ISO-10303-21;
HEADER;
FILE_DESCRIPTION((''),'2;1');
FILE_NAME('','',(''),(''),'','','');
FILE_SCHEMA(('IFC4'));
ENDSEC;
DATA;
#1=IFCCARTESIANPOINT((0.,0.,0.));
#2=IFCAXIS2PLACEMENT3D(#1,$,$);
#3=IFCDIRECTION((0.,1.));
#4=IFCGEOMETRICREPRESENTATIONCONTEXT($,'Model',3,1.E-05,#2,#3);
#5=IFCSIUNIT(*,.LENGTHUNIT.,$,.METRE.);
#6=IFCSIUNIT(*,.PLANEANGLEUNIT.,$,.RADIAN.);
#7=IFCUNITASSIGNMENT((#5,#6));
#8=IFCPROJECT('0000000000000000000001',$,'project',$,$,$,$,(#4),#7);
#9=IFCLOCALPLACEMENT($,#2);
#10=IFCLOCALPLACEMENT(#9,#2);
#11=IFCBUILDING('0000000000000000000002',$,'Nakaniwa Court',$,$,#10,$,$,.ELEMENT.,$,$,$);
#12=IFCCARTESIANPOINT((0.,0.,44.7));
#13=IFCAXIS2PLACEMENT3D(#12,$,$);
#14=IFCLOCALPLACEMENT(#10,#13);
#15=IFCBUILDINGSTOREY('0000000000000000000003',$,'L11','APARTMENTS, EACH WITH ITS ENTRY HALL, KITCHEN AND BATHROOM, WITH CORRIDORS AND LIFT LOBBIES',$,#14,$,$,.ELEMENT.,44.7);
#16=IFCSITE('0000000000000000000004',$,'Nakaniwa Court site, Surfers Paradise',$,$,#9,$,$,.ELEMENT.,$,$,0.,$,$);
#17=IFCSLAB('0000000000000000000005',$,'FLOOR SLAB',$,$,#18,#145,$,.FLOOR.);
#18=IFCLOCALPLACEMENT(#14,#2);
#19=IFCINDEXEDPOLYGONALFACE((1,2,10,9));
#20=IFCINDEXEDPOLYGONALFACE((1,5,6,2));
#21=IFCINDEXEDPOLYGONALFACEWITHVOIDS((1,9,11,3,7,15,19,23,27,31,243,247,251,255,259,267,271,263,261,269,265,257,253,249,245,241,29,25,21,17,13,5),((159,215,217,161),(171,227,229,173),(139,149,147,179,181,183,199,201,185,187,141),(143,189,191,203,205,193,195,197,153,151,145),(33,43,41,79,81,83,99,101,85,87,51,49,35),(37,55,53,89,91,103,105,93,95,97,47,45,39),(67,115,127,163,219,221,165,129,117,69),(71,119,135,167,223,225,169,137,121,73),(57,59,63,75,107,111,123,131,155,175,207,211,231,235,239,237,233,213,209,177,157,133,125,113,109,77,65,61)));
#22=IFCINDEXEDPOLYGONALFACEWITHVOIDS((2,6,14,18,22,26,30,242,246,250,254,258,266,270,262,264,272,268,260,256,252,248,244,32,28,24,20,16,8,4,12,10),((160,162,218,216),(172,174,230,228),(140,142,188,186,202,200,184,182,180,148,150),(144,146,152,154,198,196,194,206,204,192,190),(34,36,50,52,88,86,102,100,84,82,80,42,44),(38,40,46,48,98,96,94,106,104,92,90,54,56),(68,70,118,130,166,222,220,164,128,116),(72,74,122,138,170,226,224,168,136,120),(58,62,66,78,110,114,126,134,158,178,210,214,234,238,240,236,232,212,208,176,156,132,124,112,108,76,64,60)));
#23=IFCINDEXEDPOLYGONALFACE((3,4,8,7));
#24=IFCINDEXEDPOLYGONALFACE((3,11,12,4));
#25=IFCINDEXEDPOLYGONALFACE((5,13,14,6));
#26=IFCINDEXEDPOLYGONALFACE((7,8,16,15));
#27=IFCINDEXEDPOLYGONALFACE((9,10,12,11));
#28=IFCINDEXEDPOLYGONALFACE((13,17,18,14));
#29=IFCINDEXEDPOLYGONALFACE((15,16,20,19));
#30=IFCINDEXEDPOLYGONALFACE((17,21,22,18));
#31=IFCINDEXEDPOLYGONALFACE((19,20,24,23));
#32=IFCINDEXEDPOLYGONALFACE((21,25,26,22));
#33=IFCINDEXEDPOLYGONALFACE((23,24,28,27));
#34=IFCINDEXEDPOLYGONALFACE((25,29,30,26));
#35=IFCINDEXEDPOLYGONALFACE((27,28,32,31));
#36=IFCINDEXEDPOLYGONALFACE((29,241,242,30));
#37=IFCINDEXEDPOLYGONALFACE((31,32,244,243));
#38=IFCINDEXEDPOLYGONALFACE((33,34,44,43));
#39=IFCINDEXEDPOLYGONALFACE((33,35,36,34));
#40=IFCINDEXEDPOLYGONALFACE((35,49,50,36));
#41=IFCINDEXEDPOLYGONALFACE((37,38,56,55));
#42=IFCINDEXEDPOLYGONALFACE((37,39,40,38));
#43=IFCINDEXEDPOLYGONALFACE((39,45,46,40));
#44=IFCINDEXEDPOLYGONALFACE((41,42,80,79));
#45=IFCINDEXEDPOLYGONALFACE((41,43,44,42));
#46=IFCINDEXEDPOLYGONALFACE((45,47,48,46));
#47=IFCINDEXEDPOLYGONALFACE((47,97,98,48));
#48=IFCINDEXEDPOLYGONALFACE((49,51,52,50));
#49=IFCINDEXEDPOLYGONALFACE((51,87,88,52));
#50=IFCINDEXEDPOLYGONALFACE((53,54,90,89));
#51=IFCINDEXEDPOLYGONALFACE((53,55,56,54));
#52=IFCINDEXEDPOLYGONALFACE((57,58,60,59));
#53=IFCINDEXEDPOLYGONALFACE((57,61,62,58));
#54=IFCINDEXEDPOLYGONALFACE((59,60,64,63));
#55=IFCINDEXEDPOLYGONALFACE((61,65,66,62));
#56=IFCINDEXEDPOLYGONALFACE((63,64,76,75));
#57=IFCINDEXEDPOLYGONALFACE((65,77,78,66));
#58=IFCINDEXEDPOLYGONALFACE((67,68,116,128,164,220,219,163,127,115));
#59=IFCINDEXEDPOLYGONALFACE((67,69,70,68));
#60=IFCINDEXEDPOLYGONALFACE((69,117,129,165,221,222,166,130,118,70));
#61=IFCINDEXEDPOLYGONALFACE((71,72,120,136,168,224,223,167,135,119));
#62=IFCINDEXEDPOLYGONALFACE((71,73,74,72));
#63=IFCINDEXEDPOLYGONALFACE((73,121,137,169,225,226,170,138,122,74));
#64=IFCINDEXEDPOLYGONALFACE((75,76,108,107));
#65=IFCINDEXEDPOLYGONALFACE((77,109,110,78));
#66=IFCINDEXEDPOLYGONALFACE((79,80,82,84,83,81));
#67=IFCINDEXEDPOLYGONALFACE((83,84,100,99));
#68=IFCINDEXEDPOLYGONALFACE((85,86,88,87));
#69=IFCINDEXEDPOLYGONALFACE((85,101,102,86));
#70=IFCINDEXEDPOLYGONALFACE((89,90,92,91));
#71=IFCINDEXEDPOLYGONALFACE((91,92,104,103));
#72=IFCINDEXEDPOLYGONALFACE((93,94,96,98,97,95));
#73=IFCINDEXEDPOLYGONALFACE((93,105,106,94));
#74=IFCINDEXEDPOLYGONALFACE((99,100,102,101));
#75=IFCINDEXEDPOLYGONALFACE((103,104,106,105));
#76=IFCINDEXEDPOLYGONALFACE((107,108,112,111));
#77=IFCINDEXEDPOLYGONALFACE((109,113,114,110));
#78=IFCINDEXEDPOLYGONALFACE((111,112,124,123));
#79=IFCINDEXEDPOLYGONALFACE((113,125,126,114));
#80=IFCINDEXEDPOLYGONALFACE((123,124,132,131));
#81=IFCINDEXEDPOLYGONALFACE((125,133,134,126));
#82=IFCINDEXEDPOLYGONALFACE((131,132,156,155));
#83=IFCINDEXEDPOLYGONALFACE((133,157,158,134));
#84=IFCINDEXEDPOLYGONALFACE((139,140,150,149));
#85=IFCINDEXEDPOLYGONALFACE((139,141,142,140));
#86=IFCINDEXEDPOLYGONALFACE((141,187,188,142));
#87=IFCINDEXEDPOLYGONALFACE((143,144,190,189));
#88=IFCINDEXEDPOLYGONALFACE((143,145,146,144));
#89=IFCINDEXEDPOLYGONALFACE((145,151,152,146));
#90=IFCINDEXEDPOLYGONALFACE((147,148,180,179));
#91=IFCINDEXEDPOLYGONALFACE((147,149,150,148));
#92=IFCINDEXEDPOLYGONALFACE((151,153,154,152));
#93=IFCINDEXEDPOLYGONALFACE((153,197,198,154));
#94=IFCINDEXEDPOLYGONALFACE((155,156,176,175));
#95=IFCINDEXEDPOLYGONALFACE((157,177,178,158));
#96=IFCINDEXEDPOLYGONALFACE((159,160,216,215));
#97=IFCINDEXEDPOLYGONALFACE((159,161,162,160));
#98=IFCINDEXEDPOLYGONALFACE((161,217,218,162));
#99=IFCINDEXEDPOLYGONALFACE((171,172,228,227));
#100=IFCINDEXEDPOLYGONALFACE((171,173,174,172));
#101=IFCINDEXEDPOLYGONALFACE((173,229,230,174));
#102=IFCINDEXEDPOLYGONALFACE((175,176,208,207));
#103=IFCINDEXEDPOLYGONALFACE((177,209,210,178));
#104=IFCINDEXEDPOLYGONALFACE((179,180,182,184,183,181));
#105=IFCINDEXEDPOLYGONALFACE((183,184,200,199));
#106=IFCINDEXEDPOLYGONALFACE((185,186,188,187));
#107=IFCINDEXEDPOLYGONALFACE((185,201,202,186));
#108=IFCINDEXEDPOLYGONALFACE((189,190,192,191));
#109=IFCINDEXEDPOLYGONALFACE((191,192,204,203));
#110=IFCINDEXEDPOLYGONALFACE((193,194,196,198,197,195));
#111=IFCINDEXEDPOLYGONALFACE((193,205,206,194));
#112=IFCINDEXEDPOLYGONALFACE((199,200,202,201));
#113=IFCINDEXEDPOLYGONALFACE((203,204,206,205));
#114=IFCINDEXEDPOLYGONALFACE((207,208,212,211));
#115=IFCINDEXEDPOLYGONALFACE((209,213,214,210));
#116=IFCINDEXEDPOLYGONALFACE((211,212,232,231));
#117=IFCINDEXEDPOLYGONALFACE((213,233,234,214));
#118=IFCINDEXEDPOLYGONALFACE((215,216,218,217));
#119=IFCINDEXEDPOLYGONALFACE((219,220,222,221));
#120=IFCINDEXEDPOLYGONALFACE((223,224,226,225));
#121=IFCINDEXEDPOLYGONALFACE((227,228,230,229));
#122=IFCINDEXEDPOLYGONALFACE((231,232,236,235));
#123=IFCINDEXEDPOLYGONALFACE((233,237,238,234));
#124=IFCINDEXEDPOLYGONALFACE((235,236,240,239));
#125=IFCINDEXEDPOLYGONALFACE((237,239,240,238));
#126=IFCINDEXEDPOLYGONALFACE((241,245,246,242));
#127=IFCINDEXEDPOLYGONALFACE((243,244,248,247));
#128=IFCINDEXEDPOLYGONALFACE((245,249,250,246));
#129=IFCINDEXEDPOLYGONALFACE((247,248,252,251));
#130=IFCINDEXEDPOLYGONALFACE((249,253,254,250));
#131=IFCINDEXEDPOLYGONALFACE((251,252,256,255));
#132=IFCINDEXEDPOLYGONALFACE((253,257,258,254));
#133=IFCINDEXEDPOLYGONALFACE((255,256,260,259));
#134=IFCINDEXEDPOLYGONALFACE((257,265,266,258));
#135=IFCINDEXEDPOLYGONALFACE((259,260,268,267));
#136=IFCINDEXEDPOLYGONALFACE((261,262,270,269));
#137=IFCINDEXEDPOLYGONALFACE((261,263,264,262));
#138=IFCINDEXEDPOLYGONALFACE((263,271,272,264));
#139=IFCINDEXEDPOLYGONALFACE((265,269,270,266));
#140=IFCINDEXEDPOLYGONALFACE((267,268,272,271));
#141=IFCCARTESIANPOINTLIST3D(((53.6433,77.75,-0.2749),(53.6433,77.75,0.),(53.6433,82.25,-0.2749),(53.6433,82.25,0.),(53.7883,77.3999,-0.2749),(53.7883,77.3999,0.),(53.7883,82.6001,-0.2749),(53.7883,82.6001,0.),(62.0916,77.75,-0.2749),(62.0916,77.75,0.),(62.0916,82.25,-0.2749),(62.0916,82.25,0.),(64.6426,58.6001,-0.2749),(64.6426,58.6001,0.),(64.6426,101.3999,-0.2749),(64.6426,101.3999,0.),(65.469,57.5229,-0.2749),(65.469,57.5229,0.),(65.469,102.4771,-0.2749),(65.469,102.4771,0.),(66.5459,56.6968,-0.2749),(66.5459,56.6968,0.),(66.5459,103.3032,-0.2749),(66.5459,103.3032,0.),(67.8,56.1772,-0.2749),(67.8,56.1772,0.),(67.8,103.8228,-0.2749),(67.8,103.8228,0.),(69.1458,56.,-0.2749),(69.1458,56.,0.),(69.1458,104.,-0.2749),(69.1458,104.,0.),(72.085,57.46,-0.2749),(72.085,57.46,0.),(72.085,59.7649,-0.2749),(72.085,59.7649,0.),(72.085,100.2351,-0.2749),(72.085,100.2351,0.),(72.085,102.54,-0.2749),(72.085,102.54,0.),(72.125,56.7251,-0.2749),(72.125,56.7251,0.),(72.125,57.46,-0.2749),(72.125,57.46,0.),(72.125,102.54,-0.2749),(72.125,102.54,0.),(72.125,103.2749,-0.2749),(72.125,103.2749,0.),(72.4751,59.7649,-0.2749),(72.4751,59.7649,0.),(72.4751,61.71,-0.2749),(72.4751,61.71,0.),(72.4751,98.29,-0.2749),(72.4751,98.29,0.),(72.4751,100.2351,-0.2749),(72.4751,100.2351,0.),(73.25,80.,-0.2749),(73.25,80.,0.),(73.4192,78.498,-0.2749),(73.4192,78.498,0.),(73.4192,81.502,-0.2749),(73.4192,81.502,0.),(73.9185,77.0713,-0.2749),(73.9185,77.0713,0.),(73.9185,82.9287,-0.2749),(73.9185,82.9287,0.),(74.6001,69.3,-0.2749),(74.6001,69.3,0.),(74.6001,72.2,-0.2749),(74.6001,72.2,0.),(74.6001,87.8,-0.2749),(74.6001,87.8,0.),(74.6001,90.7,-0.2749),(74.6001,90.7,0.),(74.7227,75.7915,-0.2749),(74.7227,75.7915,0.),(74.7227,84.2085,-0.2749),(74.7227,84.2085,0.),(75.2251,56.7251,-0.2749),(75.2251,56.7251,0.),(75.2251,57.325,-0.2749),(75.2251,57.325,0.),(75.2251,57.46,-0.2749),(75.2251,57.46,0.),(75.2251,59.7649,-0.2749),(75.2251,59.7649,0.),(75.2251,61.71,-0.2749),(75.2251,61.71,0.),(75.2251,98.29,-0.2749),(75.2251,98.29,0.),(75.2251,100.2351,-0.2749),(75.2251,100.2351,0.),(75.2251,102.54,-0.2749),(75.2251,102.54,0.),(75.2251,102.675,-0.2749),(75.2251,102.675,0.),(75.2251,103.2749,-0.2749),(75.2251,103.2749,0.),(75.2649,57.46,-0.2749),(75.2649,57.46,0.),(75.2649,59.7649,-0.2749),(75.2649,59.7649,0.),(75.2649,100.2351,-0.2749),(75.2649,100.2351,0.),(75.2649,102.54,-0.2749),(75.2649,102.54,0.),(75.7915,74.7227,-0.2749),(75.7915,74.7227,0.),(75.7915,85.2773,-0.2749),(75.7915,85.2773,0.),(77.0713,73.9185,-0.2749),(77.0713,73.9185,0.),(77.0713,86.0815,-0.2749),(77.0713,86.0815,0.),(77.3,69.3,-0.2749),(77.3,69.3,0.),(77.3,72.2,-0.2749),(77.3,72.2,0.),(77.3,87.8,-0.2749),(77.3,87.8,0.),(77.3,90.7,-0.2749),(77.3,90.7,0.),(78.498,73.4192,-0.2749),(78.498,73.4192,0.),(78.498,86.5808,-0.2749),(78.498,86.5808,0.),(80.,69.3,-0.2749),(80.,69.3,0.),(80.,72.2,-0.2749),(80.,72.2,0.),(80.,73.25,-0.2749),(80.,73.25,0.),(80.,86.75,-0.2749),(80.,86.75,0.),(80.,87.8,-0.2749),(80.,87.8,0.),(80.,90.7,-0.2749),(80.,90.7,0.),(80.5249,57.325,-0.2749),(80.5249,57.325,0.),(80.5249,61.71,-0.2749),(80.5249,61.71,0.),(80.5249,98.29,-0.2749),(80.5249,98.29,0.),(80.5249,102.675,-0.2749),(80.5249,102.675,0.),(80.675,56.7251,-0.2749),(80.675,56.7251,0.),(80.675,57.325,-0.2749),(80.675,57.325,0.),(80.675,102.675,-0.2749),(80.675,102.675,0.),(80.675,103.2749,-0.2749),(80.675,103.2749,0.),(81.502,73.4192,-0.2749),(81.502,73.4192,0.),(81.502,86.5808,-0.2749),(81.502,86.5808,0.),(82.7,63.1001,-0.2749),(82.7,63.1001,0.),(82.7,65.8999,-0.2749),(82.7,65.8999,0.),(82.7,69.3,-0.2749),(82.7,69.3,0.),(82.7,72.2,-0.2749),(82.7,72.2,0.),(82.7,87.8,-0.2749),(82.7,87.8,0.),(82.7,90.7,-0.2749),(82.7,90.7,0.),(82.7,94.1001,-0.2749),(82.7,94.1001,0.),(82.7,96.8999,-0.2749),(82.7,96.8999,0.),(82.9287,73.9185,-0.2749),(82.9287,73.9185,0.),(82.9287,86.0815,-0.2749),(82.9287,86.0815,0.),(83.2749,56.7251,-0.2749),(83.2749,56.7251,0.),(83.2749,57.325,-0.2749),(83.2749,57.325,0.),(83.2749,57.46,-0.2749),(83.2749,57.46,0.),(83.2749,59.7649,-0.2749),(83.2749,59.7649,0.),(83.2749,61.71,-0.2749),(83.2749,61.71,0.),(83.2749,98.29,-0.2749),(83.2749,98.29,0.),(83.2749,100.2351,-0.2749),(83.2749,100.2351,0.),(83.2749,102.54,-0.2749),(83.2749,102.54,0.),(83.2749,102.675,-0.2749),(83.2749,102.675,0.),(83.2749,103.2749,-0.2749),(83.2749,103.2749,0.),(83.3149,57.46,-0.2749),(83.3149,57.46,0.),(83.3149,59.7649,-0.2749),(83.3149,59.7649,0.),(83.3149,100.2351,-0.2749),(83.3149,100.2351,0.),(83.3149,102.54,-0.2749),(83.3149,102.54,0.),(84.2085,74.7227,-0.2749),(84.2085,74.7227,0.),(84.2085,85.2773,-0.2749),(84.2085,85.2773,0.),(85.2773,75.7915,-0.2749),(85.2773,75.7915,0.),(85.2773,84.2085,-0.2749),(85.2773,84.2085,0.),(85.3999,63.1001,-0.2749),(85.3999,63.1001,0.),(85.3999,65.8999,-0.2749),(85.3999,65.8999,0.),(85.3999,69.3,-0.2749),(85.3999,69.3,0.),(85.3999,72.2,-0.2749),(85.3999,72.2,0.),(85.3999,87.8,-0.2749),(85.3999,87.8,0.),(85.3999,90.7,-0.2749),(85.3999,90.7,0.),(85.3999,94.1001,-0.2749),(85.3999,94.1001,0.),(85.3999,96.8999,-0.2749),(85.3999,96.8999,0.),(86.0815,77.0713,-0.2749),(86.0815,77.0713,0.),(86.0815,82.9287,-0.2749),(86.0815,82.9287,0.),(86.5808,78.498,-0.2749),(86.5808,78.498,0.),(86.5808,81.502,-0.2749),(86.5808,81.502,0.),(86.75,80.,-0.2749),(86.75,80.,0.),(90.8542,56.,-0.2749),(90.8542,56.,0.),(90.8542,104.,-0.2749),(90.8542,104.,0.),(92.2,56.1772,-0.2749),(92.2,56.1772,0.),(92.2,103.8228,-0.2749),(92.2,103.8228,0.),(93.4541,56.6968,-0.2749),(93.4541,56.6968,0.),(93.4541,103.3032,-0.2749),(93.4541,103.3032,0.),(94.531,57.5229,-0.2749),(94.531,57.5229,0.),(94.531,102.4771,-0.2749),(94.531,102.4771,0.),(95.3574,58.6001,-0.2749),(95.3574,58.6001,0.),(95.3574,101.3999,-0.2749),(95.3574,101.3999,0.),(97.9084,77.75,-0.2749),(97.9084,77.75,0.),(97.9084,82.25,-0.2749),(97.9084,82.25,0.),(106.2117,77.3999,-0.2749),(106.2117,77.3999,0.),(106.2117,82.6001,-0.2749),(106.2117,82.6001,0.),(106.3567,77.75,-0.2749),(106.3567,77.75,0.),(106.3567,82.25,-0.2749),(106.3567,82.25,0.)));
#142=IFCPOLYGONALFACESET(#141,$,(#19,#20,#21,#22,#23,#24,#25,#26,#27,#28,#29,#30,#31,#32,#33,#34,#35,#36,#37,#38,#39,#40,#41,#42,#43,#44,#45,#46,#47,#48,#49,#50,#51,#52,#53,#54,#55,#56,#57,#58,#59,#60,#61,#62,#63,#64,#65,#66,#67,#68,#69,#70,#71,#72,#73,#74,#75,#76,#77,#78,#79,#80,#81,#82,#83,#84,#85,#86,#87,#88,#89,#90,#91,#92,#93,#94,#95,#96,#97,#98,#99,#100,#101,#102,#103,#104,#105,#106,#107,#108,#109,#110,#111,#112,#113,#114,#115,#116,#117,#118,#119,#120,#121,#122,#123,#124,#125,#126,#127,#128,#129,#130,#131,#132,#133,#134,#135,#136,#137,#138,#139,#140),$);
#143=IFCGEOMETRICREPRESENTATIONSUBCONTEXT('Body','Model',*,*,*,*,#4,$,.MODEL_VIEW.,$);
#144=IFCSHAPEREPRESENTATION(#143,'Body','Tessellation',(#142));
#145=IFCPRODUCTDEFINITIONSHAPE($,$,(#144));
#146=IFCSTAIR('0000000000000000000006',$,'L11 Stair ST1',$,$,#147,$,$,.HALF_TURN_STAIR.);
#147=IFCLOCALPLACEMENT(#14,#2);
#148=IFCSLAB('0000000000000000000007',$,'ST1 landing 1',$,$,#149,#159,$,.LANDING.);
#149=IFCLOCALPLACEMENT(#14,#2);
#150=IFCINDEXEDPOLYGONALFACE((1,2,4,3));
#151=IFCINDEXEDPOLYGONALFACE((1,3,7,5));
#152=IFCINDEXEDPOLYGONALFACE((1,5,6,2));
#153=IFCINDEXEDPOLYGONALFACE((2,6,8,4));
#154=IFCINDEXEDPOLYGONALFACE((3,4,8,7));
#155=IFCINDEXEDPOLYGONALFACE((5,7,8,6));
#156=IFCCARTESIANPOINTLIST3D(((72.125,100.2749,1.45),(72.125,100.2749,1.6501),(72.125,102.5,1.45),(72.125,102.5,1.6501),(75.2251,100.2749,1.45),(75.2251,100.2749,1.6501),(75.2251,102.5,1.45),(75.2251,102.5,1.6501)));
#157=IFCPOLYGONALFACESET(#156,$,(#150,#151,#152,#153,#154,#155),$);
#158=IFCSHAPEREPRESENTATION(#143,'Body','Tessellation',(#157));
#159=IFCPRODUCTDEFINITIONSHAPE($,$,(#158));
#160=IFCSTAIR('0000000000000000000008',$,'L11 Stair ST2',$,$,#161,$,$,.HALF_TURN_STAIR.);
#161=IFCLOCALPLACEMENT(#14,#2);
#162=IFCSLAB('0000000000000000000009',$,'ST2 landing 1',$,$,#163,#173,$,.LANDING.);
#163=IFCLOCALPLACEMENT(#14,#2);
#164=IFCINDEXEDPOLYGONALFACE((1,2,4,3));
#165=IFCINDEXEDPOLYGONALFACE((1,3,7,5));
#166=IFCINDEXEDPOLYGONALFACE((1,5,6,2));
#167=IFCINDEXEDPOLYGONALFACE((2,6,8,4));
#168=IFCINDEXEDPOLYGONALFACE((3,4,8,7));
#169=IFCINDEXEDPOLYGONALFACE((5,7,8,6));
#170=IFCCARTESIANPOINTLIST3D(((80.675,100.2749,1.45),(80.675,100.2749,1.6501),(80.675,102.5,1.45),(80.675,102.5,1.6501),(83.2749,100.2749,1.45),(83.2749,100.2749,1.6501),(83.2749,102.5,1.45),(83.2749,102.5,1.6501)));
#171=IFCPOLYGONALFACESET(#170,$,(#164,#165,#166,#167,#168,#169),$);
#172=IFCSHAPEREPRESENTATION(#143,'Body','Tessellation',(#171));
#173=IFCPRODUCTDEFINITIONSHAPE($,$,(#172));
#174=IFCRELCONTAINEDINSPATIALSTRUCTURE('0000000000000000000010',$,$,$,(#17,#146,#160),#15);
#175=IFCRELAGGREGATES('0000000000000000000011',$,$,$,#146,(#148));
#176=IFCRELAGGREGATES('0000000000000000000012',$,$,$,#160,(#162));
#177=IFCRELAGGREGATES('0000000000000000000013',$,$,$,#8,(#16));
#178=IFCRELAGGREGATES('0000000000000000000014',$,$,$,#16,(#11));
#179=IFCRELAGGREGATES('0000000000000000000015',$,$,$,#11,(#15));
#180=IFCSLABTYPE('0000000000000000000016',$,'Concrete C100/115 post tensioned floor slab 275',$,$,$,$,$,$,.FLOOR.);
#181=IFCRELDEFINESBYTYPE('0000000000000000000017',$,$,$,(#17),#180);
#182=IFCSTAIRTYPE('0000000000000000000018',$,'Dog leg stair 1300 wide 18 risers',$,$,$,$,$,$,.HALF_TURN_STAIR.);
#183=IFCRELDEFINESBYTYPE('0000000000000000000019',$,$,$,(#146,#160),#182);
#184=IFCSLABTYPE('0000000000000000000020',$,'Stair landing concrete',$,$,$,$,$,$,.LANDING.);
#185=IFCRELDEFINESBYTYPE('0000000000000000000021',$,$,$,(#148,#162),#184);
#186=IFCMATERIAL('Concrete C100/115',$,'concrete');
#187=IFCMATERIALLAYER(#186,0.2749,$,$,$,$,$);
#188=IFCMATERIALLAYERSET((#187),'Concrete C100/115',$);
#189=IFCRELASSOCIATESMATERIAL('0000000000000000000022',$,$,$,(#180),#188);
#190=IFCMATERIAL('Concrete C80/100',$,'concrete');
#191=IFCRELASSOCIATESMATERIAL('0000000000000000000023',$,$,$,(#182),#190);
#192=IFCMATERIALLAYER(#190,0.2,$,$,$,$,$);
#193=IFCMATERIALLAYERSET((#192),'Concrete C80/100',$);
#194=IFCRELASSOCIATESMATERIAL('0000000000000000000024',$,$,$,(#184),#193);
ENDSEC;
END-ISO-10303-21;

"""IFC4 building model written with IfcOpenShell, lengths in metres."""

from ifc_helpers import new_model, si_unit, direction, frame, origin, place, context, subcontext, project, spatial, polyline, outline, extrude, material, layer, layer_set, type_object, element, aggregate, save


model = new_model("IFC4")

# Units and contexts
model_context = context("Model", 3, precision=1e-05, world=origin(), true_north=direction((0.0, 1.0)))
body_context = subcontext(model_context, "Body", "Model", "MODEL_VIEW")
ifc_project = project(units=[si_unit("LENGTHUNIT", "METRE"), si_unit("PLANEANGLEUNIT", "RADIAN")], contexts=[model_context])

# Site, building, storey
site_placement = place(None, origin())
site = spatial("IfcSite", under=ifc_project, at=site_placement, Name="Nakaniwa Court site, Surfers Paradise", CompositionType="ELEMENT", RefElevation=0.0)
building_placement = place(site_placement, origin())
building = spatial("IfcBuilding", under=site, at=building_placement, Name="Nakaniwa Court", CompositionType="ELEMENT")
storey_placement = place(building_placement, frame((0.0, 0.0, 44.7)))
storey = spatial("IfcBuildingStorey", under=building, at=storey_placement, Name="L11", Description="APARTMENTS, EACH WITH ITS ENTRY HALL, KITCHEN AND BATHROOM, WITH CORRIDORS AND LIFT LOBBIES", CompositionType="ELEMENT", Elevation=44.7)

# Shared definitions
ifc_material_1 = material(Name="Concrete C100/115", Category="concrete")

# Slab
ifc_layer_1 = layer(ifc_material_1, 0.2749)
ifc_layer_set_1 = layer_set([ifc_layer_1], Name="Concrete C100/115")
slab_type_1 = type_object("IfcSlabType", Name="Concrete C100/115 post tensioned floor slab 275", PredefinedType="FLOOR", material=ifc_layer_set_1)
slab_1_placement = place(storey_placement, frame((0.0, 0.0, -0.2749)))
element("IfcSlab", 1, at=slab_1_placement, inside=storey, type_object=slab_type_1, Name="FLOOR SLAB", PredefinedType="FLOOR", context=body_context, shape_type="SweptSolid", body=[
    extrude(outline(polyline([(97.9084, 82.25), (106.3567, 82.25), (106.2117, 82.6001), (95.3574, 101.3999), (94.531, 102.4771), (93.4541, 103.3032), (92.2, 103.8228), (90.8542, 104.0), (69.1458, 104.0), (67.8, 103.8228), (66.5459, 103.3032), (65.469, 102.4771), (64.6426, 101.3999), (53.7883, 82.6001), (53.6433, 82.25), (62.0916, 82.25), (62.0916, 77.75), (53.6433, 77.75), (53.7883, 77.3999), (64.6426, 58.6001), (65.469, 57.5229), (66.5459, 56.6968), (67.8, 56.1772), (69.1458, 56.0), (90.8542, 56.0), (92.2, 56.1772), (93.4541, 56.6968), (94.531, 57.5229), (95.3574, 58.6001), (106.2117, 77.3999), (106.3567, 77.75), (97.9084, 77.75), (97.9084, 82.25)]), holes=[polyline([(81.502, 86.5808), (80.0, 86.75), (78.498, 86.5808), (77.0713, 86.0815), (75.7915, 85.2773), (74.7227, 84.2085), (73.9185, 82.9287), (73.4192, 81.502), (73.25, 80.0), (73.4192, 78.498), (73.9185, 77.0713), (74.7227, 75.7915), (75.7915, 74.7227), (77.0713, 73.9185), (78.498, 73.4192), (80.0, 73.25), (81.502, 73.4192), (82.9287, 73.9185), (84.2085, 74.7227), (85.2773, 75.7915), (86.0815, 77.0713), (86.5808, 78.498), (86.75, 80.0), (86.5808, 81.502), (86.0815, 82.9287), (85.2773, 84.2085), (84.2085, 85.2773), (82.9287, 86.0815), (81.502, 86.5808)]), polyline([(75.2649, 57.46), (75.2649, 59.7649), (75.2251, 59.7649), (75.2251, 61.71), (72.4751, 61.71), (72.4751, 59.7649), (72.085, 59.7649), (72.085, 57.46), (72.125, 57.46), (72.125, 56.7251), (75.2251, 56.7251), (75.2251, 57.325), (75.2251, 57.46), (75.2649, 57.46)]), polyline([(80.0, 69.3), (82.7, 69.3), (85.3999, 69.3), (85.3999, 72.2), (82.7, 72.2), (80.0, 72.2), (77.3, 72.2), (74.6001, 72.2), (74.6001, 69.3), (77.3, 69.3), (80.0, 69.3)]), polyline([(80.0, 87.8), (82.7, 87.8), (85.3999, 87.8), (85.3999, 90.7), (82.7, 90.7), (80.0, 90.7), (77.3, 90.7), (74.6001, 90.7), (74.6001, 87.8), (77.3, 87.8), (80.0, 87.8)]), polyline([(75.2649, 100.2351), (75.2649, 102.54), (75.2251, 102.54), (75.2251, 102.675), (75.2251, 103.2749), (72.125, 103.2749), (72.125, 102.54), (72.085, 102.54), (72.085, 100.2351), (72.4751, 100.2351), (72.4751, 98.29), (75.2251, 98.29), (75.2251, 100.2351), (75.2649, 100.2351)]), polyline([(83.2749, 61.71), (80.5249, 61.71), (80.5249, 57.325), (80.675, 57.325), (80.675, 56.7251), (83.2749, 56.7251), (83.2749, 57.325), (83.2749, 57.46), (83.3149, 57.46), (83.3149, 59.7649), (83.2749, 59.7649), (83.2749, 61.71)]), polyline([(85.3999, 65.8999), (82.7, 65.8999), (82.7, 63.1001), (85.3999, 63.1001), (85.3999, 65.8999)]), polyline([(85.3999, 96.8999), (82.7, 96.8999), (82.7, 94.1001), (85.3999, 94.1001), (85.3999, 96.8999)]), polyline([(83.2749, 100.2351), (83.3149, 100.2351), (83.3149, 102.54), (83.2749, 102.54), (83.2749, 102.675), (83.2749, 103.2749), (80.675, 103.2749), (80.675, 102.675), (80.5249, 102.675), (80.5249, 98.29), (83.2749, 98.29), (83.2749, 100.2351)])]), origin(), (0.0, 0.0, 1.0), 0.2749),
])

# Stairs, slabs
ifc_material_2 = material(Name="Concrete C80/100", Category="concrete")
stair_type = type_object("IfcStairType", Name="Dog leg stair 1300 wide 18 risers", PredefinedType="HALF_TURN_STAIR", material=ifc_material_2)
stair_1_placement = place(storey_placement, origin())
stair_1 = element("IfcStair", 2, at=stair_1_placement, inside=storey, type_object=stair_type, Name="L11 Stair ST1", PredefinedType="HALF_TURN_STAIR")
ifc_layer_2 = layer(ifc_material_2, 0.2)
ifc_layer_set_2 = layer_set([ifc_layer_2], Name="Concrete C80/100")
slab_type_2 = type_object("IfcSlabType", Name="Stair landing concrete", PredefinedType="LANDING", material=ifc_layer_set_2)
slab_2_placement = place(storey_placement, frame((0.0, 0.0, 1.45)))
slab_2 = element("IfcSlab", 3, at=slab_2_placement, type_object=slab_type_2, Name="ST1 landing 1", PredefinedType="LANDING", context=body_context, shape_type="SweptSolid", body=[
    extrude(outline(polyline([(75.2251, 100.2749), (75.2251, 102.5), (72.125, 102.5), (72.125, 100.2749), (75.2251, 100.2749)])), origin(), (0.0, 0.0, 1.0), 0.2002),
])
aggregate(stair_1, [slab_2])
stair_2_placement = place(storey_placement, origin())
stair_2 = element("IfcStair", 4, at=stair_2_placement, inside=storey, type_object=stair_type, Name="L11 Stair ST2", PredefinedType="HALF_TURN_STAIR")
slab_3_placement = place(storey_placement, frame((0.0, 0.0, 1.45)))
slab_3 = element("IfcSlab", 5, at=slab_3_placement, type_object=slab_type_2, Name="ST2 landing 1", PredefinedType="LANDING", context=body_context, shape_type="SweptSolid", body=[
    extrude(outline(polyline([(83.2749, 100.2749), (83.2749, 102.5), (80.675, 102.5), (80.675, 100.2749), (83.2749, 100.2749)])), origin(), (0.0, 0.0, 1.0), 0.2002),
])
aggregate(stair_2, [slab_3])

save(model, "model.ifc")
